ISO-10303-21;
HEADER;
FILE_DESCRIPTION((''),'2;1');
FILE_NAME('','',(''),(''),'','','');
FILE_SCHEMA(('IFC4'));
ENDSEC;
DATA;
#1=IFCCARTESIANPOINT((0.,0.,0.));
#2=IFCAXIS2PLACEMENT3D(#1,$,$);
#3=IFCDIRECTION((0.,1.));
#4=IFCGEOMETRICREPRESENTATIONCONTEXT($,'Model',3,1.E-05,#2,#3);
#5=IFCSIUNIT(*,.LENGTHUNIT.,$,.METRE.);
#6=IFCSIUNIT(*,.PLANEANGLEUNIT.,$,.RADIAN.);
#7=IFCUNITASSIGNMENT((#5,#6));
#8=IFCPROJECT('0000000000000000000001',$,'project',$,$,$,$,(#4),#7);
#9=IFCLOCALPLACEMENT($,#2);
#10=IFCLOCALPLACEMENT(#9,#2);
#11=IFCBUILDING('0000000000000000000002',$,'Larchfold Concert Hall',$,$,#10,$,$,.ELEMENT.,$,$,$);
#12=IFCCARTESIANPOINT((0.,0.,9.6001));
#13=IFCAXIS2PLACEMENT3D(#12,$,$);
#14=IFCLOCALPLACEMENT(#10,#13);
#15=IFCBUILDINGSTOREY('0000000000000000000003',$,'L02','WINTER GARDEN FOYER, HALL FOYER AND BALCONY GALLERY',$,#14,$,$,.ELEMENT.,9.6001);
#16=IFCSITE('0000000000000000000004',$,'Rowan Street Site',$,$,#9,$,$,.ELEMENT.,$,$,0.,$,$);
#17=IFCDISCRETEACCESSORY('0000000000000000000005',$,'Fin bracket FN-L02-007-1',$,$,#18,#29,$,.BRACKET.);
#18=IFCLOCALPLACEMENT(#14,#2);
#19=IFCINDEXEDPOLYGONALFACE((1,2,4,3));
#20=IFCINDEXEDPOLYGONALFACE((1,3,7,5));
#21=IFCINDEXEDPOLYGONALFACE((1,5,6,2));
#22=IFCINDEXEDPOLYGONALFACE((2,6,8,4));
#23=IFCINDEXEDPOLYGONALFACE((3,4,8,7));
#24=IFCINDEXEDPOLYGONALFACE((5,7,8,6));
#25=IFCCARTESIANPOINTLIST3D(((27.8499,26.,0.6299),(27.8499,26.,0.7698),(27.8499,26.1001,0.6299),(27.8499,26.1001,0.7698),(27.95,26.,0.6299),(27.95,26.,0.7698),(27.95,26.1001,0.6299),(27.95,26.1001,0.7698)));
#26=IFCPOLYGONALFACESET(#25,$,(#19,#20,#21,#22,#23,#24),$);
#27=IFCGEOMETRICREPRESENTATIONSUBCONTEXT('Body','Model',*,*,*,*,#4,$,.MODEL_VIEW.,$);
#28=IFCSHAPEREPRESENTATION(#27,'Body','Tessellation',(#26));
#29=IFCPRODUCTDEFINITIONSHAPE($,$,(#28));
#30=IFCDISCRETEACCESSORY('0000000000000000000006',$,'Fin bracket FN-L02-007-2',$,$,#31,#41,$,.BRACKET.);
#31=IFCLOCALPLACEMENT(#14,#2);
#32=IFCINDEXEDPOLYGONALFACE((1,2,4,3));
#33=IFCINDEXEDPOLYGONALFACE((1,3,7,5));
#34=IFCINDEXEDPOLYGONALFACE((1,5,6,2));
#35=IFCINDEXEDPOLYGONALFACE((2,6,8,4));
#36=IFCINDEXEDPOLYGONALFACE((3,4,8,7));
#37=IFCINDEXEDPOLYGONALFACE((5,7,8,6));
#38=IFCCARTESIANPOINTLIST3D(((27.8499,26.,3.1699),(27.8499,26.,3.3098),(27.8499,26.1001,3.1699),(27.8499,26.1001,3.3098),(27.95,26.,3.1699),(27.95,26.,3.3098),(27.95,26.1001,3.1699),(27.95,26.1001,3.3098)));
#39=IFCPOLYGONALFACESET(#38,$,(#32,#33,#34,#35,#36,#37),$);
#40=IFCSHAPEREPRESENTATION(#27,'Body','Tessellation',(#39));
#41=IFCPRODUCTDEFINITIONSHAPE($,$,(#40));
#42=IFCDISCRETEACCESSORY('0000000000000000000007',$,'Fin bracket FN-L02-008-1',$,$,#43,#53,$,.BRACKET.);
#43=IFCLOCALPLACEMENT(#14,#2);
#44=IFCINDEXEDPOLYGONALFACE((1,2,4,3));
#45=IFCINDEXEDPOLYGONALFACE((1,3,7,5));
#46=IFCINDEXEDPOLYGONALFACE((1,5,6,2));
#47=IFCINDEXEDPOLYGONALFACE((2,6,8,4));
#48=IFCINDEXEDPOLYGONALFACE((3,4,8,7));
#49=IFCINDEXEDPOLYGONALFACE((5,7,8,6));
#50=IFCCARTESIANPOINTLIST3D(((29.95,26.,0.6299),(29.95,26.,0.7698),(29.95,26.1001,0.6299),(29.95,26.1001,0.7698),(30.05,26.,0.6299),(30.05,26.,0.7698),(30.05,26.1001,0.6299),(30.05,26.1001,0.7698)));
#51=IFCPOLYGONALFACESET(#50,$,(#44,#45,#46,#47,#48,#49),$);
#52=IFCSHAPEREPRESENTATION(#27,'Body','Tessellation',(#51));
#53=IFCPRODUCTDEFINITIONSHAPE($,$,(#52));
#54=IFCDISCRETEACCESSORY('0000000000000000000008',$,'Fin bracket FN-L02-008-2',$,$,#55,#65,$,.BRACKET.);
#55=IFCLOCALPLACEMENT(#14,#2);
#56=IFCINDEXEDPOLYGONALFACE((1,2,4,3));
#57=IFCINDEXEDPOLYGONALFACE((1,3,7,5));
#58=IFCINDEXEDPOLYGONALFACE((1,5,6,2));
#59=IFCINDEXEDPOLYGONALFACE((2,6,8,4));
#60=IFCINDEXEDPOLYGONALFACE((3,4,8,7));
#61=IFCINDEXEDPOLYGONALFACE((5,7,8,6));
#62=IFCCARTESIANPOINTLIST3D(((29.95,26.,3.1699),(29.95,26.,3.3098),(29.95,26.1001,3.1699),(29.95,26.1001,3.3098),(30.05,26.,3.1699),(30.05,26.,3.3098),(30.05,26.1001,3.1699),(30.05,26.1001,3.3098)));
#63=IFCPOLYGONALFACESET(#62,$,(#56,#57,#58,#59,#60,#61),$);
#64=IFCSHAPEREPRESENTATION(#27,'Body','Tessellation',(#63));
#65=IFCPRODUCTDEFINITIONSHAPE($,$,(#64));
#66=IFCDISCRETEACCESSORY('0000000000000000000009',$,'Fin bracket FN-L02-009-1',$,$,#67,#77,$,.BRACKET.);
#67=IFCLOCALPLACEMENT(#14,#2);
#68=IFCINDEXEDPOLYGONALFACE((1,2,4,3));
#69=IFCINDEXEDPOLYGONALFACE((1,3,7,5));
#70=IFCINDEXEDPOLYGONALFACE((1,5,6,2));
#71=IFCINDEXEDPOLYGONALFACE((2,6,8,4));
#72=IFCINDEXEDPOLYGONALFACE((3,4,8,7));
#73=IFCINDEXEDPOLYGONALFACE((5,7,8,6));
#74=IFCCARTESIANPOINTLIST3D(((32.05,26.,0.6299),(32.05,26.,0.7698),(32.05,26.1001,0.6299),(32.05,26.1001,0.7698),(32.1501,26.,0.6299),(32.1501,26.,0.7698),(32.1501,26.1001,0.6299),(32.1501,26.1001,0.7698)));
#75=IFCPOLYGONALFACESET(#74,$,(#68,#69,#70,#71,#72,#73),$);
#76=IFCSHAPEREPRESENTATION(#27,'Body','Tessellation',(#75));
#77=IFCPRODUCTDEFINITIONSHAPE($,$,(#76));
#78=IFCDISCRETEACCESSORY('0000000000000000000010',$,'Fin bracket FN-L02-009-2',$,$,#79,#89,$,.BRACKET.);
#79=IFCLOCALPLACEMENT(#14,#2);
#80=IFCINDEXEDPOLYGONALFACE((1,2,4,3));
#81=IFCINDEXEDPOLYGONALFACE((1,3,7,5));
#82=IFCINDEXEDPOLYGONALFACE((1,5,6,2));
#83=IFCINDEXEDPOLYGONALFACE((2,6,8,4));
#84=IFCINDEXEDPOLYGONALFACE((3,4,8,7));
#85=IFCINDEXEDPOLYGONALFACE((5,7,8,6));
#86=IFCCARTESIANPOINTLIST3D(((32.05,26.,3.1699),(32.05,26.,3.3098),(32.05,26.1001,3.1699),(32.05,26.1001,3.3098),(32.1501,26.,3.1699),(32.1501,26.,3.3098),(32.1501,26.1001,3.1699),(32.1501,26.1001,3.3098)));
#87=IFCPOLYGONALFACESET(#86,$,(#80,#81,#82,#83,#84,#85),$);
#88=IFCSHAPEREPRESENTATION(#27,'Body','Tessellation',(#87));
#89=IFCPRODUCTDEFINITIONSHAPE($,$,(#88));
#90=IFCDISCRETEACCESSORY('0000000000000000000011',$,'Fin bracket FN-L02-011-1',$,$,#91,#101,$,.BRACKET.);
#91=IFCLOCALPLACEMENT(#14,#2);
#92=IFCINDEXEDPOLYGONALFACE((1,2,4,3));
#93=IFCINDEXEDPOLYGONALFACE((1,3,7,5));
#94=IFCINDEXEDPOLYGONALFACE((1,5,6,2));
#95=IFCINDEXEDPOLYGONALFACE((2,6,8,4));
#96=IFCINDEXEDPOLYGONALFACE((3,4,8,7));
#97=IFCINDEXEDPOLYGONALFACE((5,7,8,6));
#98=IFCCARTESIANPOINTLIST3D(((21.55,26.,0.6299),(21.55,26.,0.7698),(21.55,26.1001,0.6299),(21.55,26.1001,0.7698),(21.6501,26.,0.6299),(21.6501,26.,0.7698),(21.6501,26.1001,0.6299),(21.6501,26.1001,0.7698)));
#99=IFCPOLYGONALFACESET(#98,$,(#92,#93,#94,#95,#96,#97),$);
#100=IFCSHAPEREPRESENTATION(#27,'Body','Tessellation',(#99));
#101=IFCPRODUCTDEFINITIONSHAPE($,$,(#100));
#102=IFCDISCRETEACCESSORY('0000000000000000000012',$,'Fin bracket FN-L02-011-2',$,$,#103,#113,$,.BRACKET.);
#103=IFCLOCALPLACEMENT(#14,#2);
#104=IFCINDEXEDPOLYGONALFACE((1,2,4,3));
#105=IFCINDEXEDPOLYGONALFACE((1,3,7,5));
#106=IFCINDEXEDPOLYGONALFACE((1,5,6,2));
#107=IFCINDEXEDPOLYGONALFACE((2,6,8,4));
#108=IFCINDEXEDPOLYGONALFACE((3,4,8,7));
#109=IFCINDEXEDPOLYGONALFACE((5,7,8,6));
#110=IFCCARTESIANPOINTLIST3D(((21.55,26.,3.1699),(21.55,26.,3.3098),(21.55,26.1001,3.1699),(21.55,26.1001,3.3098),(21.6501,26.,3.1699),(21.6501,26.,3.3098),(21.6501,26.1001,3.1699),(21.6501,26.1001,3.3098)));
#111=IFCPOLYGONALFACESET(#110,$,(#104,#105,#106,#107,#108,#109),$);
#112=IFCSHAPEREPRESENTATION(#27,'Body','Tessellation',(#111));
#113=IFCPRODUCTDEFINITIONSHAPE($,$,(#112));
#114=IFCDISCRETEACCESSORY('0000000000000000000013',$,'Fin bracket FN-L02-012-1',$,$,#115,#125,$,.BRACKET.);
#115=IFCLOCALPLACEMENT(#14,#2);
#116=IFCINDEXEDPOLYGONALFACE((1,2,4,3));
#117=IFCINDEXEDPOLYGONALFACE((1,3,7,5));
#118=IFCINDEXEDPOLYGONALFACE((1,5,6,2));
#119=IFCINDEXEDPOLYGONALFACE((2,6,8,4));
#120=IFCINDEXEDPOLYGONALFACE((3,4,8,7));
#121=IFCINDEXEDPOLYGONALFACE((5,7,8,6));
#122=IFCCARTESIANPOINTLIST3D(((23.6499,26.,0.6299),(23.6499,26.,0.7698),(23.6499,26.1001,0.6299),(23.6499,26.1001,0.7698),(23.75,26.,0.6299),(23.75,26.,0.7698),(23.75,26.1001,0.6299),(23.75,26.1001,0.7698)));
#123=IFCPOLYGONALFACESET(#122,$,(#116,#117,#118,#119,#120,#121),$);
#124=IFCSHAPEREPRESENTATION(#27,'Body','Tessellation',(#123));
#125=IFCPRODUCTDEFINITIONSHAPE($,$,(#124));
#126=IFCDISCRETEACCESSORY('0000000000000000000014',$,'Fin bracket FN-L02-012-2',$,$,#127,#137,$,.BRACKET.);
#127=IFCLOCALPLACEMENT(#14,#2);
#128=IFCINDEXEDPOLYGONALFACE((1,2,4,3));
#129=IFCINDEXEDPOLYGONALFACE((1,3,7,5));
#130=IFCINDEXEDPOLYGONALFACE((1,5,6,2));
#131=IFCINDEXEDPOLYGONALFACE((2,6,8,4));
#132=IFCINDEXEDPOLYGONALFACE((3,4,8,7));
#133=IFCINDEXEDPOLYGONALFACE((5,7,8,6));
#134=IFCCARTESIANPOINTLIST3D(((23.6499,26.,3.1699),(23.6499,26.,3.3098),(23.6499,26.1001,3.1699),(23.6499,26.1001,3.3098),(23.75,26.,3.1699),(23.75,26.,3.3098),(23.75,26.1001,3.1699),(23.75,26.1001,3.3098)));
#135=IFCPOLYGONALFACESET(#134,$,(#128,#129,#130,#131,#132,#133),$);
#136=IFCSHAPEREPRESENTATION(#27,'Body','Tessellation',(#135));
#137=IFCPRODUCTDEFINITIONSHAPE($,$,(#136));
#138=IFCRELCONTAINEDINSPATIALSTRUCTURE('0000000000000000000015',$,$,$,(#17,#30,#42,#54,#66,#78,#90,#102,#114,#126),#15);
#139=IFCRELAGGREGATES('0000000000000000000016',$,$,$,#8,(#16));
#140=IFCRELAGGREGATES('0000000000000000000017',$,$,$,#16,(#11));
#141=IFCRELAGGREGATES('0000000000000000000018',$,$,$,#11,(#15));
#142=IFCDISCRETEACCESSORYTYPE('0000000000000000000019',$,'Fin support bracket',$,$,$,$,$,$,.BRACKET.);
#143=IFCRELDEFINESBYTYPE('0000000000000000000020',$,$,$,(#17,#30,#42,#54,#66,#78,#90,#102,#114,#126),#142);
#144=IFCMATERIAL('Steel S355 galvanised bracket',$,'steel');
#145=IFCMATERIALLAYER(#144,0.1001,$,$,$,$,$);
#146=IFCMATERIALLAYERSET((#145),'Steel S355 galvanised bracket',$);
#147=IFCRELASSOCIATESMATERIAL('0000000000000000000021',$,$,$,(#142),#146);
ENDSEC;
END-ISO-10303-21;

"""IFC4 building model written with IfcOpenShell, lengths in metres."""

from ifc_helpers import new_model, si_unit, direction, frame, origin, origin_2d, place, context, subcontext, project, spatial, rectangle, extrude, material, layer, layer_set, type_object, element, save


model = new_model("IFC4")

# Units and contexts
model_context = context("Model", 3, precision=1e-05, world=origin(), true_north=direction((0.0, 1.0)))
body_context = subcontext(model_context, "Body", "Model", "MODEL_VIEW")
ifc_project = project(units=[si_unit("LENGTHUNIT", "METRE"), si_unit("PLANEANGLEUNIT", "RADIAN")], contexts=[model_context])

# Site, building, storey
site_placement = place(None, origin())
site = spatial("IfcSite", under=ifc_project, at=site_placement, Name="Rowan Street Site", CompositionType="ELEMENT", RefElevation=0.0)
building_placement = place(site_placement, origin())
building = spatial("IfcBuilding", under=site, at=building_placement, Name="Larchfold Concert Hall", CompositionType="ELEMENT")
storey_placement = place(building_placement, frame((0.0, 0.0, 9.6001)))
storey = spatial("IfcBuildingStorey", under=building, at=storey_placement, Name="L02", Description="WINTER GARDEN FOYER, HALL FOYER AND BALCONY GALLERY", CompositionType="ELEMENT", Elevation=9.6001)

# Discrete accessories
ifc_material_1 = material(Name="Steel S355 galvanised bracket", Category="steel")
ifc_layer_1 = layer(ifc_material_1, 0.1001)
ifc_layer_set_1 = layer_set([ifc_layer_1], Name="Steel S355 galvanised bracket")
discrete_accessory_type = type_object("IfcDiscreteAccessoryType", Name="Fin support bracket", PredefinedType="BRACKET", material=ifc_layer_set_1)
for number, where, z_axis, x_axis, name in (
    (1, (27.8999, 26.05, 0.6299), (0.0, 0.0, 1.0), (0.0, 1.0, 0.0), "Fin bracket FN-L02-007-1"),
    (2, (27.8999, 26.05, 3.1699), (0.0, 0.0, 1.0), (0.0, 1.0, 0.0), "Fin bracket FN-L02-007-2"),
    (3, (30.0, 26.05, 0.6299), (0.0, 0.0, 1.0), (0.0, 1.0, 0.0), "Fin bracket FN-L02-008-1"),
    (4, (30.0, 26.05, 3.1699), (0.0, 0.0, 1.0), (0.0, 1.0, 0.0), "Fin bracket FN-L02-008-2"),
    (5, (32.1001, 26.05, 0.6299), (0.0, 0.0, 1.0), (0.0, 1.0, 0.0), "Fin bracket FN-L02-009-1"),
    (6, (32.1001, 26.05, 3.1699), (0.0, 0.0, 1.0), (0.0, 1.0, 0.0), "Fin bracket FN-L02-009-2"),
    (7, (21.6001, 26.05, 0.6299), (0.0, 0.0, 1.0), (0.0, 1.0, 0.0), "Fin bracket FN-L02-011-1"),
    (8, (21.6001, 26.05, 3.1699), (0.0, 0.0, 1.0), (0.0, 1.0, 0.0), "Fin bracket FN-L02-011-2"),
    (9, (23.7, 26.05, 0.6299), (0.0, 0.0, 1.0), (0.0, 1.0, 0.0), "Fin bracket FN-L02-012-1"),
    (10, (23.7, 26.05, 3.1699), (0.0, 0.0, 1.0), (0.0, 1.0, 0.0), "Fin bracket FN-L02-012-2"),
):
    element("IfcDiscreteAccessory", number, at=place(storey_placement, frame(where, z_axis=z_axis, x_axis=x_axis)), inside=storey, type_object=discrete_accessory_type, Name=name, PredefinedType="BRACKET", context=body_context, shape_type="SweptSolid", body=[
        extrude(rectangle(XDim=0.1001, YDim=0.1001, at=origin_2d()), origin(), (0.0, 0.0, 1.0), 0.1399),
    ])

save(model, "model.ifc")
